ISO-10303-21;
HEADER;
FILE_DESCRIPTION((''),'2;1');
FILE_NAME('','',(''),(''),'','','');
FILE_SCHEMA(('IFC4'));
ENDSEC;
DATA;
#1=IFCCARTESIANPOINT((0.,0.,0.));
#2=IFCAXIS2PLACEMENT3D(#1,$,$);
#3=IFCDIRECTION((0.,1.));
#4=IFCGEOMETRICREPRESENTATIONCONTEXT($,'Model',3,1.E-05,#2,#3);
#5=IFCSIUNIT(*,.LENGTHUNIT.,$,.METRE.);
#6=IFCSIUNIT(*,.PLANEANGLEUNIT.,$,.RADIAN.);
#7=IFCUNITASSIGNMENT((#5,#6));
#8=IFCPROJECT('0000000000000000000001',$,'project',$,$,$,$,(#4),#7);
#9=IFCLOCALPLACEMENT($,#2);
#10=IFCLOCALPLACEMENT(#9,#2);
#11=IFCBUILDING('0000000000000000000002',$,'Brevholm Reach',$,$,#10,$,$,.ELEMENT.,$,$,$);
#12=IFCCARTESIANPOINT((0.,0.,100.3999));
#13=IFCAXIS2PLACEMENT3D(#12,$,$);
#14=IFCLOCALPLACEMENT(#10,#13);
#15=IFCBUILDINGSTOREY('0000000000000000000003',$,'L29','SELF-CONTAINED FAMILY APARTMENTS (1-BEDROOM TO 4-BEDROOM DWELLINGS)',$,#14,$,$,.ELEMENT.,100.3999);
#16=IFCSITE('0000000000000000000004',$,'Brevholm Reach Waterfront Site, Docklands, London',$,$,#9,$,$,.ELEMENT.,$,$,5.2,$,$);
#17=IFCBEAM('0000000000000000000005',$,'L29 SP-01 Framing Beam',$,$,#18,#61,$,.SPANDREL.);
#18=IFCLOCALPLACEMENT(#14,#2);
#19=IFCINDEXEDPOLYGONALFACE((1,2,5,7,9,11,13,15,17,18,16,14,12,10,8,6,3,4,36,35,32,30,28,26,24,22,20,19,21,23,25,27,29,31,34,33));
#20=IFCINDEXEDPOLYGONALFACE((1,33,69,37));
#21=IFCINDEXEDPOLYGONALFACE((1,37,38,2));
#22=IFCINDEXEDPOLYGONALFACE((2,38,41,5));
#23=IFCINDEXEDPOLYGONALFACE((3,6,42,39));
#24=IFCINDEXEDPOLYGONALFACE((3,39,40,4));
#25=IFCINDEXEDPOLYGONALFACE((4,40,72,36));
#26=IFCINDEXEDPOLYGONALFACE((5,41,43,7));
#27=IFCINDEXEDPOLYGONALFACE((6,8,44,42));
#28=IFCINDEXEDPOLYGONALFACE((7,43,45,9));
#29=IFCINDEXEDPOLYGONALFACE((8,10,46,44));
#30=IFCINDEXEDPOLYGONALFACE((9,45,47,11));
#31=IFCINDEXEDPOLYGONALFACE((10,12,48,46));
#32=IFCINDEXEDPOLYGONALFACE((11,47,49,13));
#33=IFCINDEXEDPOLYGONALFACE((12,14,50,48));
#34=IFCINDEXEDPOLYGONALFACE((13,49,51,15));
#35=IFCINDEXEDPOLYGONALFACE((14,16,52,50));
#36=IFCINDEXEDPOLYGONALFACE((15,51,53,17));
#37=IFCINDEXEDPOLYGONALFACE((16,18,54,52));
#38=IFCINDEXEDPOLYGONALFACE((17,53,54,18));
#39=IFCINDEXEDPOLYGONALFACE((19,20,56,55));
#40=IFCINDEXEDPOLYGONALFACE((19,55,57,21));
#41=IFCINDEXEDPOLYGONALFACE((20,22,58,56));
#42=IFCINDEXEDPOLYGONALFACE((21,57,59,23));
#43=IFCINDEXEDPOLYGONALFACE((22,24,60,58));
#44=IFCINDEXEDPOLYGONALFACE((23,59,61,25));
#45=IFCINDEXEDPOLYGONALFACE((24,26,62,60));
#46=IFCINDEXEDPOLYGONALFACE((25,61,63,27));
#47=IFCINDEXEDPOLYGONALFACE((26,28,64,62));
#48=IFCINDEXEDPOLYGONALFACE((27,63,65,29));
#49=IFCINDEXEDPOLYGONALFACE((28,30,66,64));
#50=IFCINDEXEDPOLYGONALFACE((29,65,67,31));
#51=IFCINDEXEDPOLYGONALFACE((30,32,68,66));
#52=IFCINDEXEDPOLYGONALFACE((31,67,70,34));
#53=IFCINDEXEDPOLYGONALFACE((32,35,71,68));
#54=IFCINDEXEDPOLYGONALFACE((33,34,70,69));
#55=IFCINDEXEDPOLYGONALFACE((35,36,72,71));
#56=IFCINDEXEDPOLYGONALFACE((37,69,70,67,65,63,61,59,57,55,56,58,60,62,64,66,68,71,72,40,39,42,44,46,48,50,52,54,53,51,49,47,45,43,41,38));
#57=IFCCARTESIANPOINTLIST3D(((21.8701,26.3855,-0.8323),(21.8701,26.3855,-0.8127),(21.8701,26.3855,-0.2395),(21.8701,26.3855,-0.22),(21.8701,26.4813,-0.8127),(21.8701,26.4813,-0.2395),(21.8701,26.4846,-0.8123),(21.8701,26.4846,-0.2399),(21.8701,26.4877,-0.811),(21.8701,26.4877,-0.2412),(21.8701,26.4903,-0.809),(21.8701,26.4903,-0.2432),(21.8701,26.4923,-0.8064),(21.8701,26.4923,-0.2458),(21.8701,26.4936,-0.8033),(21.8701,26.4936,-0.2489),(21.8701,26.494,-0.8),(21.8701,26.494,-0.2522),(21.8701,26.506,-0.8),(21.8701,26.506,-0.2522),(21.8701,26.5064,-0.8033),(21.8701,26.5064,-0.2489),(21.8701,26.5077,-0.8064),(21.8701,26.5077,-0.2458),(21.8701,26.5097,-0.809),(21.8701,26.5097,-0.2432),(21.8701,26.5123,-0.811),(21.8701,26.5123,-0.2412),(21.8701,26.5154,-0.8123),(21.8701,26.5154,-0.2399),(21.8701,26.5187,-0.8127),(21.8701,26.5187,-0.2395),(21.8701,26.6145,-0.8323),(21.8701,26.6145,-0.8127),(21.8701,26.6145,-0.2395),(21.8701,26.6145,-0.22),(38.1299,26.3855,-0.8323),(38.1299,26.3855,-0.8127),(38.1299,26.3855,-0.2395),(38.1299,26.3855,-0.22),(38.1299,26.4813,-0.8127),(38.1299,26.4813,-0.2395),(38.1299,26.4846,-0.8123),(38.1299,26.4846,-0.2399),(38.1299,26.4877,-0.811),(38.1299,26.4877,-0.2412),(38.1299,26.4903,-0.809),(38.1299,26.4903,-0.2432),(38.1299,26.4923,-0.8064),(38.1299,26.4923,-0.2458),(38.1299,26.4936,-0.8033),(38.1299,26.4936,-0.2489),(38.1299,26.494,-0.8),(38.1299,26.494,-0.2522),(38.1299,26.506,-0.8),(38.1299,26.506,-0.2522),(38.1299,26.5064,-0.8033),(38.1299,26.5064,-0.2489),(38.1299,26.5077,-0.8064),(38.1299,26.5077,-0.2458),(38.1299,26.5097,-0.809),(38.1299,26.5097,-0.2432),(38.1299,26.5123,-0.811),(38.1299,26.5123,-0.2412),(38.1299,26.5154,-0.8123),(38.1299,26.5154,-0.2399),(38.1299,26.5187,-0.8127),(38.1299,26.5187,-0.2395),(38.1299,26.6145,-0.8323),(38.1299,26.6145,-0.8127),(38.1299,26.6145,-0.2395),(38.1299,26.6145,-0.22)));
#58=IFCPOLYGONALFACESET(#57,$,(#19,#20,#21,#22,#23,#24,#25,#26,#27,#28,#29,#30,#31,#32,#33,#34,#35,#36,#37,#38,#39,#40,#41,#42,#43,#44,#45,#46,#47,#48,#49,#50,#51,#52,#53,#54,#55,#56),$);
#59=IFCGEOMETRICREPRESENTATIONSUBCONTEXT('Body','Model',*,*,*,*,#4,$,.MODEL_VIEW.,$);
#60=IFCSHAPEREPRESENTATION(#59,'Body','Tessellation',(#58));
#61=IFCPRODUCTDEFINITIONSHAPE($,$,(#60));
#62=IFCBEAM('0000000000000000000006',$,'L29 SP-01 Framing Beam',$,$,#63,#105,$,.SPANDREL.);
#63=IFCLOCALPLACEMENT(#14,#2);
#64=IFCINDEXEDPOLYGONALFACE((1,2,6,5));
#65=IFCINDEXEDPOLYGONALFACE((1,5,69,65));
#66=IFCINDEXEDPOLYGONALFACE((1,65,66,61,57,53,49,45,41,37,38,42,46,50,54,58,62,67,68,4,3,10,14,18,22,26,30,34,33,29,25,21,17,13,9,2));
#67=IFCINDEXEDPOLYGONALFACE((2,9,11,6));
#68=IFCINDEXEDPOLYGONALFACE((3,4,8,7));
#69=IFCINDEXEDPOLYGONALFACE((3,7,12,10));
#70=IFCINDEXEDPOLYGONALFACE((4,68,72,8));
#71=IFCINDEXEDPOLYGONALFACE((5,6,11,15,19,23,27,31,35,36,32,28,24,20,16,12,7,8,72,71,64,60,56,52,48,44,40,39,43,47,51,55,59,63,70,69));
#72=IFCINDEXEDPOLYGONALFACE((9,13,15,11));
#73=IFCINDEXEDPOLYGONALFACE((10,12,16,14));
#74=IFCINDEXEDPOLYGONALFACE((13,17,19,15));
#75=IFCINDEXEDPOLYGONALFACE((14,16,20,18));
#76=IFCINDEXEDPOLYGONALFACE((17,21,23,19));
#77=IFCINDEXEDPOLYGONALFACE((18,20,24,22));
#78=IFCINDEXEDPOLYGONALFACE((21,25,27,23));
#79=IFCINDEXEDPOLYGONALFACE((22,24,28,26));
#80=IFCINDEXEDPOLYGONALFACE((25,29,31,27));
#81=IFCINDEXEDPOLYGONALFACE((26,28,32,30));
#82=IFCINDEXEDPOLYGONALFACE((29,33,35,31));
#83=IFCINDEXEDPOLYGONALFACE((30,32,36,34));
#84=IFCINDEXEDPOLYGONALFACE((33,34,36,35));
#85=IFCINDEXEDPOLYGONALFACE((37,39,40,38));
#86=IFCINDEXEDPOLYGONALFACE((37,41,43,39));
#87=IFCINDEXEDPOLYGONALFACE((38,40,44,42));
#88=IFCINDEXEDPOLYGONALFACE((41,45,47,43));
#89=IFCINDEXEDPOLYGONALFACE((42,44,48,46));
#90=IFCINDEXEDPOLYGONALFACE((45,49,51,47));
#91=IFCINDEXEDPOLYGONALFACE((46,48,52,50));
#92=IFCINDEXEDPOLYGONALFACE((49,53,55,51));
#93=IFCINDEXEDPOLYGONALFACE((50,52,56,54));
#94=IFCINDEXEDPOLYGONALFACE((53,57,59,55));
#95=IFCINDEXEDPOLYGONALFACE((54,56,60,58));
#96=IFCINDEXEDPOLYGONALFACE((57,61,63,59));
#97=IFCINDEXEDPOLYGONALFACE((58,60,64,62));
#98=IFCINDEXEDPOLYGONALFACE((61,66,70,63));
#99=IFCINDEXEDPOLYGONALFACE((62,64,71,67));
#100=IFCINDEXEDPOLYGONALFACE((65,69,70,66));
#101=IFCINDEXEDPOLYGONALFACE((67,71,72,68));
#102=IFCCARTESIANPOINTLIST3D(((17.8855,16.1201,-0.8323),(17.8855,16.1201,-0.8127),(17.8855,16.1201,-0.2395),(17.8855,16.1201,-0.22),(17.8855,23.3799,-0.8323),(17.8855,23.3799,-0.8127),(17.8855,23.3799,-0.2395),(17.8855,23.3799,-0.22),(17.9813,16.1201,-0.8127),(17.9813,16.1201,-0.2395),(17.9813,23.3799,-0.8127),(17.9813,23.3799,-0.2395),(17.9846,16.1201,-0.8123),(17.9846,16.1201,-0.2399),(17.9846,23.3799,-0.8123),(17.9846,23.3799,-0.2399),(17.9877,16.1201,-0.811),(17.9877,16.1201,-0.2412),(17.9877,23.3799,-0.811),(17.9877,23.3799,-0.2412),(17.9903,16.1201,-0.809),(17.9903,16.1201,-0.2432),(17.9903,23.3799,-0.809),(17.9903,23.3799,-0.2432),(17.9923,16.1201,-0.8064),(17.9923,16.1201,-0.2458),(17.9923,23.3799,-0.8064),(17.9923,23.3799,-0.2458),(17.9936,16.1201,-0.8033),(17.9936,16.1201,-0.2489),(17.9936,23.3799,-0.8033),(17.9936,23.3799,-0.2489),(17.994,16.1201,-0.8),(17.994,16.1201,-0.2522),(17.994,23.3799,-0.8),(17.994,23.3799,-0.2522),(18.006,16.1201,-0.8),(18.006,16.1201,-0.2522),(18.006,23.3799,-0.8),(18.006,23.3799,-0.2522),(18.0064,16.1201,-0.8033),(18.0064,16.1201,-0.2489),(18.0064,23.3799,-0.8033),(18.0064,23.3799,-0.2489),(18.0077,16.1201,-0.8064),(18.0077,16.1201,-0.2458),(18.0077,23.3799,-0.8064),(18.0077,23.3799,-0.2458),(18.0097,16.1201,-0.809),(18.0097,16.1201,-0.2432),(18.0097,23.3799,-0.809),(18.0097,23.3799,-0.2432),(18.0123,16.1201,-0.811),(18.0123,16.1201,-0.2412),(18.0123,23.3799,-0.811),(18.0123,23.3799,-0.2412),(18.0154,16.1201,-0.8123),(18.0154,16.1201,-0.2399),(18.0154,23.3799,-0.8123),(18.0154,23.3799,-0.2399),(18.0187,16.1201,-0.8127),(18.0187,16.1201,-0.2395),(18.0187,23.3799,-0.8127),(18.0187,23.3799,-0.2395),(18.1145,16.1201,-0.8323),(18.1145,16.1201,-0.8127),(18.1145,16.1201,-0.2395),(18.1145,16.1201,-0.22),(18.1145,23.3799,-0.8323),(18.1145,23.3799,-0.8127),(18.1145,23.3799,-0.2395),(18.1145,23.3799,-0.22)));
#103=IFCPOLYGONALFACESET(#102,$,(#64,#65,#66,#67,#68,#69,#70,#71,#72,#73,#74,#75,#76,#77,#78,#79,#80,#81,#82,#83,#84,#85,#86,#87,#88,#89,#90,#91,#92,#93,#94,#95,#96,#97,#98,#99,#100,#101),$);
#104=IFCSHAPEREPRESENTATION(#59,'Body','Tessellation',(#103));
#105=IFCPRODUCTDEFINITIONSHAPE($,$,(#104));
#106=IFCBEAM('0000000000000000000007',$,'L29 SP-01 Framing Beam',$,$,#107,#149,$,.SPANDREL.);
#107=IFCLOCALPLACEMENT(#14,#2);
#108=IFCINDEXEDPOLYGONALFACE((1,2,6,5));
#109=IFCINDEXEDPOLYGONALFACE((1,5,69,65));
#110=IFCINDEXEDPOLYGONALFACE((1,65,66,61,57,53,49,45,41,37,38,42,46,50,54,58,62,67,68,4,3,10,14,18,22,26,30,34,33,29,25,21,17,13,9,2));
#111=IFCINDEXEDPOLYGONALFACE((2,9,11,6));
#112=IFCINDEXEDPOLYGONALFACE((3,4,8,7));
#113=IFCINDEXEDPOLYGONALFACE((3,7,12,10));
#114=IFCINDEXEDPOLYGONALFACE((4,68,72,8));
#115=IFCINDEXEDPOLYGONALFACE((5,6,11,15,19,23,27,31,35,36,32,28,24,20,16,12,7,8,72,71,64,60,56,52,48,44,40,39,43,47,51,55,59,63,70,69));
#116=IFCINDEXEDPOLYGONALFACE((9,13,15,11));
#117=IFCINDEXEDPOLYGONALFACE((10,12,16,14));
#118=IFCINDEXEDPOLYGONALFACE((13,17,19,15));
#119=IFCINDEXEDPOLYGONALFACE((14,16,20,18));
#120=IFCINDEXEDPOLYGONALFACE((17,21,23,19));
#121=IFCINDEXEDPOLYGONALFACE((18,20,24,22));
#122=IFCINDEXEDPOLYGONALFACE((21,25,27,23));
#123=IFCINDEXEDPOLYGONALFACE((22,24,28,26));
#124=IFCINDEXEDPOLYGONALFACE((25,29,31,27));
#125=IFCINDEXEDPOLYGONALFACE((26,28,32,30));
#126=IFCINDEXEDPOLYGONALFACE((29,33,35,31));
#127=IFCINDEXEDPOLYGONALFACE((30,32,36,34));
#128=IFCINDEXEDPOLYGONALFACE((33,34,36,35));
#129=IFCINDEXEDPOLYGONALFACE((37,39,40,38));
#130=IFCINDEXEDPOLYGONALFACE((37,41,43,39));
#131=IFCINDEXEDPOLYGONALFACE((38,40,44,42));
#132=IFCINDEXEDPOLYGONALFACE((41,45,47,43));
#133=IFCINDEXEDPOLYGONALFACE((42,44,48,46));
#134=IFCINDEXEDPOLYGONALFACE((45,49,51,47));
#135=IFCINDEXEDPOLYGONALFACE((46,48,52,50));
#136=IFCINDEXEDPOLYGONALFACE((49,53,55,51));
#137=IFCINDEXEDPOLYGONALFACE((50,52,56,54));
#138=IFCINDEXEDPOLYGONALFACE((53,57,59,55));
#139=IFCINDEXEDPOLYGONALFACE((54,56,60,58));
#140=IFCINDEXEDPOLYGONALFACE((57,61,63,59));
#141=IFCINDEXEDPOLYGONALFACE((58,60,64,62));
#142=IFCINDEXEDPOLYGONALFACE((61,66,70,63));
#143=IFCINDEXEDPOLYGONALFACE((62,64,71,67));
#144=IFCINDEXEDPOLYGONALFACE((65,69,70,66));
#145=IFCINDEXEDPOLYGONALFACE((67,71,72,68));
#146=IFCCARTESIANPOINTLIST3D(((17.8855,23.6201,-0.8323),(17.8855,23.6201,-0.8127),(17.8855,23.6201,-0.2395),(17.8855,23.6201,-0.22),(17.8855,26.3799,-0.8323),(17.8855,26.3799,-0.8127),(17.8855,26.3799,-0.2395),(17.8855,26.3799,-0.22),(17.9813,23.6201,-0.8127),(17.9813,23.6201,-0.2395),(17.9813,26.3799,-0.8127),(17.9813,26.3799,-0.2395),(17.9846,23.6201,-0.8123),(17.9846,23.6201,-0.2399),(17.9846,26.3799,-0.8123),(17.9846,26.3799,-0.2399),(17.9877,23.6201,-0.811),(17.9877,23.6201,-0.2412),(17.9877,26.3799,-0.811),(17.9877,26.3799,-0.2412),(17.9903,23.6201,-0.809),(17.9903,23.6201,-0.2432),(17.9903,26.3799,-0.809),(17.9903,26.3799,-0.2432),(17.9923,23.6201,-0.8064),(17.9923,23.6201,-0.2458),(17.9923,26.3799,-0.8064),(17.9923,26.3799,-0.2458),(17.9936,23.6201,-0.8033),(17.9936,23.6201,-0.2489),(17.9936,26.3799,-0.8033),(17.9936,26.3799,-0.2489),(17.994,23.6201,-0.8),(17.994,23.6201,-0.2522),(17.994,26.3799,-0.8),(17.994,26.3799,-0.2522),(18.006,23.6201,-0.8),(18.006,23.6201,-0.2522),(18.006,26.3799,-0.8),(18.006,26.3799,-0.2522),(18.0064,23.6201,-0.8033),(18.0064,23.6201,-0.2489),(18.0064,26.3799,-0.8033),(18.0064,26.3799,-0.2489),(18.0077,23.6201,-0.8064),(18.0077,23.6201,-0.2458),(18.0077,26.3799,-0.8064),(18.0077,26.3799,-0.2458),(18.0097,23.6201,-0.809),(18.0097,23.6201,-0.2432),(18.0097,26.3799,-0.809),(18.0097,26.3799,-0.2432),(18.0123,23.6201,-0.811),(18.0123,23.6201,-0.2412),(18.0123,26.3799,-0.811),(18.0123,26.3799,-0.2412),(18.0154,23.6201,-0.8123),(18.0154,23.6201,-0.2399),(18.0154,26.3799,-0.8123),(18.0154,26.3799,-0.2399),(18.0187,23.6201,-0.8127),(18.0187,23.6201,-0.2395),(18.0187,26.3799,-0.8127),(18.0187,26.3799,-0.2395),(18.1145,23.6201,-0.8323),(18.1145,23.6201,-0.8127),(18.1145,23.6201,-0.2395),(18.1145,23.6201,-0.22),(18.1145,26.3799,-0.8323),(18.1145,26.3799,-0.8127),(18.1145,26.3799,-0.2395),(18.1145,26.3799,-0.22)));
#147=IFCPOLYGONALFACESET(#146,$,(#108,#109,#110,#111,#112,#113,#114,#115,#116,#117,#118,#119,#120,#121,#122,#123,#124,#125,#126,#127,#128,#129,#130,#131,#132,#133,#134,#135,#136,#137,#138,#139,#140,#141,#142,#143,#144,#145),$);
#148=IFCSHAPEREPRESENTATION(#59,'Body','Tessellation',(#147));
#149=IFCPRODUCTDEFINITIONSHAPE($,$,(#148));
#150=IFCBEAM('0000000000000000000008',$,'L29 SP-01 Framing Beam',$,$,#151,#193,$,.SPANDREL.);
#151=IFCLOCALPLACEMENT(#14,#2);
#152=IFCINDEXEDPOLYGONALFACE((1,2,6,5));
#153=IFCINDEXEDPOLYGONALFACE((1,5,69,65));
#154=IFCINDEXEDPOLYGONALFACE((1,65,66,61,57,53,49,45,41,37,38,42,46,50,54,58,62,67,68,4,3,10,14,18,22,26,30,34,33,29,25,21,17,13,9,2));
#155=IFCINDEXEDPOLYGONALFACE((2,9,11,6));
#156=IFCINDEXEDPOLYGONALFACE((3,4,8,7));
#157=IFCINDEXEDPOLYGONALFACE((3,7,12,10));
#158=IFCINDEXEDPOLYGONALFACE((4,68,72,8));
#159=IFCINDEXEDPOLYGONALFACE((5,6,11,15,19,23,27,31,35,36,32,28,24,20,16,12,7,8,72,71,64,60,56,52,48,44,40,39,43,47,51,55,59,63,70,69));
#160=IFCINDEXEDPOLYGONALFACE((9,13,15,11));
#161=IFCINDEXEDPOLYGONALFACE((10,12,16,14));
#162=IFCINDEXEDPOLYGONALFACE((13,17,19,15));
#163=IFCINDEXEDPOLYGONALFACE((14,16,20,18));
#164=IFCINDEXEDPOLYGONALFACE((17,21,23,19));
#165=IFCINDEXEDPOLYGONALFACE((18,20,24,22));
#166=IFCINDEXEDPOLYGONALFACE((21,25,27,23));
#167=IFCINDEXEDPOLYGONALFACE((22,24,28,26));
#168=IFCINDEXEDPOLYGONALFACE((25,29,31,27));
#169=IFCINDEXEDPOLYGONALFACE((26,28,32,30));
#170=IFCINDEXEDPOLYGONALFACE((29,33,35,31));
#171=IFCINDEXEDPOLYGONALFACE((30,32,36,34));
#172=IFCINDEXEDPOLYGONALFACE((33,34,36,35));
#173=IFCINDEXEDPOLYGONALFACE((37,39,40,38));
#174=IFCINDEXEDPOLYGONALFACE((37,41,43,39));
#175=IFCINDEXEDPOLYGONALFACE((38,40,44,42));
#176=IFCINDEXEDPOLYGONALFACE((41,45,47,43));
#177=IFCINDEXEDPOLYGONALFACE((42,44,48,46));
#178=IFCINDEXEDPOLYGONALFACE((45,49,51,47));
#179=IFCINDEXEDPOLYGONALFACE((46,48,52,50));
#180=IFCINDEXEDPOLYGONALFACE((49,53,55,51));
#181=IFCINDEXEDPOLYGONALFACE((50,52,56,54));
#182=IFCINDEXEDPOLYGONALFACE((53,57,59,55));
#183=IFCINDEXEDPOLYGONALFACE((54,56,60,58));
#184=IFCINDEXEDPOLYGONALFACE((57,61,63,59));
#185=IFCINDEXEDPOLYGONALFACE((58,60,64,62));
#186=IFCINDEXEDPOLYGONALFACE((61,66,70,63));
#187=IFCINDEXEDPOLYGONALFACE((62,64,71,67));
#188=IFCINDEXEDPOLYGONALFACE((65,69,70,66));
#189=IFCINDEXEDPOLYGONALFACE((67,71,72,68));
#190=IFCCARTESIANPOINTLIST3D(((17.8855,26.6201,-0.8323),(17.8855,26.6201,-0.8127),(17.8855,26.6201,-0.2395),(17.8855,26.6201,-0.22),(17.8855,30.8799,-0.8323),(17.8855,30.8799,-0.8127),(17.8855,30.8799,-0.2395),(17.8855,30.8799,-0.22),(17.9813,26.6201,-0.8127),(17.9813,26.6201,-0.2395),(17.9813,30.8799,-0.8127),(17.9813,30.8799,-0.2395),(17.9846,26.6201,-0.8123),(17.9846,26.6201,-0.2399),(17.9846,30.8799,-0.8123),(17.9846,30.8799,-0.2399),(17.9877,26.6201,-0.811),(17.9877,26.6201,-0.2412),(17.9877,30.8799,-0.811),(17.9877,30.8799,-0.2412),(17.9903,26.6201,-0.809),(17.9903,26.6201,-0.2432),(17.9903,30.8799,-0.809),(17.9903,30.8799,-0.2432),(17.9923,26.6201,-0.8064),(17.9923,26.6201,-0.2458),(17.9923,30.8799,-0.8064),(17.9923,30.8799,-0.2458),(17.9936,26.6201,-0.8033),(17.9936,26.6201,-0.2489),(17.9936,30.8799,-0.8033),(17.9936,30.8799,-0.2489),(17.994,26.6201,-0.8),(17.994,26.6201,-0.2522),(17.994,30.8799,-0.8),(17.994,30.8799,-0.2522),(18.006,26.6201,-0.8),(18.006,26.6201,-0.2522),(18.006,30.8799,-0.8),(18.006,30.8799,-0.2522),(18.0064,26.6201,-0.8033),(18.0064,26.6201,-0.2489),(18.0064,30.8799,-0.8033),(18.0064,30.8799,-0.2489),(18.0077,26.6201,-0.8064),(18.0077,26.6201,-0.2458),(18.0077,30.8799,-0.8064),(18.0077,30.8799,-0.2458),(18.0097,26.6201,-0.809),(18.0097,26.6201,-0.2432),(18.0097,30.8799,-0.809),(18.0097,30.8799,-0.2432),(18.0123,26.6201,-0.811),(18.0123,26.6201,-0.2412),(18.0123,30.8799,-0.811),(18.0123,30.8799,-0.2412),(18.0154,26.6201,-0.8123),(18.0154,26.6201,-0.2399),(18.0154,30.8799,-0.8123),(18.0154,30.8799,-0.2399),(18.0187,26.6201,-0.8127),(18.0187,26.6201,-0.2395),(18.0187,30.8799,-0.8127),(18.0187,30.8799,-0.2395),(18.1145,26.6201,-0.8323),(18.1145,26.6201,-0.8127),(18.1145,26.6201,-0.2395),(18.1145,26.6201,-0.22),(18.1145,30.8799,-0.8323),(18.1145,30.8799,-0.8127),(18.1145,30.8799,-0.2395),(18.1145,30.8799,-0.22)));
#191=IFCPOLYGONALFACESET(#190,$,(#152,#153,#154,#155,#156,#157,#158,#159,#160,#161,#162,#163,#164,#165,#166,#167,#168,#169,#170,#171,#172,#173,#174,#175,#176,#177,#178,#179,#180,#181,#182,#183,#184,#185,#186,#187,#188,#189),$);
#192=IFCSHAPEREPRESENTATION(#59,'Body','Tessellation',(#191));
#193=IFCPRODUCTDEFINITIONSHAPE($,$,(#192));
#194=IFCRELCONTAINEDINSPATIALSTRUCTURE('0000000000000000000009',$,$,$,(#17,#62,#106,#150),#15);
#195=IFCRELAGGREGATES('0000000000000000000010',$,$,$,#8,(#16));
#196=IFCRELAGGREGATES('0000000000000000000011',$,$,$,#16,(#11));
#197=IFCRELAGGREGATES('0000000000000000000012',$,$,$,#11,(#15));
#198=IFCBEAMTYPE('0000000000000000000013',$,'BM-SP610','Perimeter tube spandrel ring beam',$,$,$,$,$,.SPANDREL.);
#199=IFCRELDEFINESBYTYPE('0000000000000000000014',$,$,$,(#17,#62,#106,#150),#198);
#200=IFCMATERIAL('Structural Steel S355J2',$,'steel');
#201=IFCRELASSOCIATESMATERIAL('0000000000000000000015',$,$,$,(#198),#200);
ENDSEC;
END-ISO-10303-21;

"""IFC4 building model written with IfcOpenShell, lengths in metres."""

from ifc_helpers import new_model, si_unit, direction, frame, origin, origin_2d, place, context, subcontext, project, spatial, i_section, extrude, material, material_profile, profile_set, type_object, element, save


model = new_model("IFC4")

# Units and contexts
model_context = context("Model", 3, precision=1e-05, world=origin(), true_north=direction((0.0, 1.0)))
body_context = subcontext(model_context, "Body", "Model", "MODEL_VIEW")
ifc_project = project(units=[si_unit("LENGTHUNIT", "METRE"), si_unit("PLANEANGLEUNIT", "RADIAN")], contexts=[model_context])

# Site, building, storey
site_placement = place(None, origin())
site = spatial("IfcSite", under=ifc_project, at=site_placement, Name="Brevholm Reach Waterfront Site, Docklands, London", CompositionType="ELEMENT", RefElevation=5.2)
building_placement = place(site_placement, origin())
building = spatial("IfcBuilding", under=site, at=building_placement, Name="Brevholm Reach", CompositionType="ELEMENT")
storey_placement = place(building_placement, frame((0.0, 0.0, 100.3999)))
storey = spatial("IfcBuildingStorey", under=building, at=storey_placement, Name="L29", Description="SELF-CONTAINED FAMILY APARTMENTS (1-BEDROOM TO 4-BEDROOM DWELLINGS)", CompositionType="ELEMENT", Elevation=100.3999)

# Beams
ifc_material_1 = material(Name="Structural Steel S355J2", Category="steel")
ifc_material_profile_1 = material_profile(ifc_material_1, i_section(OverallWidth=0.229, OverallDepth=0.6123, WebThickness=0.012, FlangeThickness=0.0195, FilletRadius=0.0127, at=origin_2d()), Name="UKB 610x229x125")
ifc_profile_set_1 = profile_set([ifc_material_profile_1], Name="Structural Steel S355J2")
beam_type_1 = type_object("IfcBeamType", Name="BM-SP610", Description="Perimeter tube spandrel ring beam", PredefinedType="SPANDREL", material=ifc_profile_set_1)
beam_1_placement = place(storey_placement, frame((21.8701, 26.5, -0.5261), z_axis=(1.0, 0.0, 0.0), x_axis=(0.0, 1.0, 0.0)))
element("IfcBeam", 1, at=beam_1_placement, inside=storey, type_object=beam_type_1, Name="L29 SP-01 Framing Beam", PredefinedType="SPANDREL", context=body_context, shape_type="SweptSolid", body=[
    extrude(i_section(OverallWidth=0.229, OverallDepth=0.6123, WebThickness=0.012, FlangeThickness=0.0195, FilletRadius=0.0127, at=origin_2d()), origin(), (0.0, 0.0, 1.0), 16.2598),
])
beam_2_placement = place(storey_placement, frame((18.0, 16.1201, -0.5261), z_axis=(0.0, 1.0, 0.0), x_axis=(-1.0, 0.0, 0.0)))
element("IfcBeam", 2, at=beam_2_placement, inside=storey, type_object=beam_type_1, Name="L29 SP-01 Framing Beam", PredefinedType="SPANDREL", context=body_context, shape_type="SweptSolid", body=[
    extrude(i_section(OverallWidth=0.229, OverallDepth=0.6123, WebThickness=0.012, FlangeThickness=0.0195, FilletRadius=0.0127, at=origin_2d()), origin(), (0.0, 0.0, 1.0), 7.2598),
])
beam_3_placement = place(storey_placement, frame((18.0, 23.6201, -0.5261), z_axis=(0.0, 1.0, 0.0), x_axis=(-1.0, 0.0, 0.0)))
element("IfcBeam", 3, at=beam_3_placement, inside=storey, type_object=beam_type_1, Name="L29 SP-01 Framing Beam", PredefinedType="SPANDREL", context=body_context, shape_type="SweptSolid", body=[
    extrude(i_section(OverallWidth=0.229, OverallDepth=0.6123, WebThickness=0.012, FlangeThickness=0.0195, FilletRadius=0.0127, at=origin_2d()), origin(), (0.0, 0.0, 1.0), 2.7598),
])
beam_4_placement = place(storey_placement, frame((18.0, 26.6201, -0.5261), z_axis=(0.0, 1.0, 0.0), x_axis=(-1.0, 0.0, 0.0)))
element("IfcBeam", 4, at=beam_4_placement, inside=storey, type_object=beam_type_1, Name="L29 SP-01 Framing Beam", PredefinedType="SPANDREL", context=body_context, shape_type="SweptSolid", body=[
    extrude(i_section(OverallWidth=0.229, OverallDepth=0.6123, WebThickness=0.012, FlangeThickness=0.0195, FilletRadius=0.0127, at=origin_2d()), origin(), (0.0, 0.0, 1.0), 4.2598),
])

save(model, "model.ifc")
